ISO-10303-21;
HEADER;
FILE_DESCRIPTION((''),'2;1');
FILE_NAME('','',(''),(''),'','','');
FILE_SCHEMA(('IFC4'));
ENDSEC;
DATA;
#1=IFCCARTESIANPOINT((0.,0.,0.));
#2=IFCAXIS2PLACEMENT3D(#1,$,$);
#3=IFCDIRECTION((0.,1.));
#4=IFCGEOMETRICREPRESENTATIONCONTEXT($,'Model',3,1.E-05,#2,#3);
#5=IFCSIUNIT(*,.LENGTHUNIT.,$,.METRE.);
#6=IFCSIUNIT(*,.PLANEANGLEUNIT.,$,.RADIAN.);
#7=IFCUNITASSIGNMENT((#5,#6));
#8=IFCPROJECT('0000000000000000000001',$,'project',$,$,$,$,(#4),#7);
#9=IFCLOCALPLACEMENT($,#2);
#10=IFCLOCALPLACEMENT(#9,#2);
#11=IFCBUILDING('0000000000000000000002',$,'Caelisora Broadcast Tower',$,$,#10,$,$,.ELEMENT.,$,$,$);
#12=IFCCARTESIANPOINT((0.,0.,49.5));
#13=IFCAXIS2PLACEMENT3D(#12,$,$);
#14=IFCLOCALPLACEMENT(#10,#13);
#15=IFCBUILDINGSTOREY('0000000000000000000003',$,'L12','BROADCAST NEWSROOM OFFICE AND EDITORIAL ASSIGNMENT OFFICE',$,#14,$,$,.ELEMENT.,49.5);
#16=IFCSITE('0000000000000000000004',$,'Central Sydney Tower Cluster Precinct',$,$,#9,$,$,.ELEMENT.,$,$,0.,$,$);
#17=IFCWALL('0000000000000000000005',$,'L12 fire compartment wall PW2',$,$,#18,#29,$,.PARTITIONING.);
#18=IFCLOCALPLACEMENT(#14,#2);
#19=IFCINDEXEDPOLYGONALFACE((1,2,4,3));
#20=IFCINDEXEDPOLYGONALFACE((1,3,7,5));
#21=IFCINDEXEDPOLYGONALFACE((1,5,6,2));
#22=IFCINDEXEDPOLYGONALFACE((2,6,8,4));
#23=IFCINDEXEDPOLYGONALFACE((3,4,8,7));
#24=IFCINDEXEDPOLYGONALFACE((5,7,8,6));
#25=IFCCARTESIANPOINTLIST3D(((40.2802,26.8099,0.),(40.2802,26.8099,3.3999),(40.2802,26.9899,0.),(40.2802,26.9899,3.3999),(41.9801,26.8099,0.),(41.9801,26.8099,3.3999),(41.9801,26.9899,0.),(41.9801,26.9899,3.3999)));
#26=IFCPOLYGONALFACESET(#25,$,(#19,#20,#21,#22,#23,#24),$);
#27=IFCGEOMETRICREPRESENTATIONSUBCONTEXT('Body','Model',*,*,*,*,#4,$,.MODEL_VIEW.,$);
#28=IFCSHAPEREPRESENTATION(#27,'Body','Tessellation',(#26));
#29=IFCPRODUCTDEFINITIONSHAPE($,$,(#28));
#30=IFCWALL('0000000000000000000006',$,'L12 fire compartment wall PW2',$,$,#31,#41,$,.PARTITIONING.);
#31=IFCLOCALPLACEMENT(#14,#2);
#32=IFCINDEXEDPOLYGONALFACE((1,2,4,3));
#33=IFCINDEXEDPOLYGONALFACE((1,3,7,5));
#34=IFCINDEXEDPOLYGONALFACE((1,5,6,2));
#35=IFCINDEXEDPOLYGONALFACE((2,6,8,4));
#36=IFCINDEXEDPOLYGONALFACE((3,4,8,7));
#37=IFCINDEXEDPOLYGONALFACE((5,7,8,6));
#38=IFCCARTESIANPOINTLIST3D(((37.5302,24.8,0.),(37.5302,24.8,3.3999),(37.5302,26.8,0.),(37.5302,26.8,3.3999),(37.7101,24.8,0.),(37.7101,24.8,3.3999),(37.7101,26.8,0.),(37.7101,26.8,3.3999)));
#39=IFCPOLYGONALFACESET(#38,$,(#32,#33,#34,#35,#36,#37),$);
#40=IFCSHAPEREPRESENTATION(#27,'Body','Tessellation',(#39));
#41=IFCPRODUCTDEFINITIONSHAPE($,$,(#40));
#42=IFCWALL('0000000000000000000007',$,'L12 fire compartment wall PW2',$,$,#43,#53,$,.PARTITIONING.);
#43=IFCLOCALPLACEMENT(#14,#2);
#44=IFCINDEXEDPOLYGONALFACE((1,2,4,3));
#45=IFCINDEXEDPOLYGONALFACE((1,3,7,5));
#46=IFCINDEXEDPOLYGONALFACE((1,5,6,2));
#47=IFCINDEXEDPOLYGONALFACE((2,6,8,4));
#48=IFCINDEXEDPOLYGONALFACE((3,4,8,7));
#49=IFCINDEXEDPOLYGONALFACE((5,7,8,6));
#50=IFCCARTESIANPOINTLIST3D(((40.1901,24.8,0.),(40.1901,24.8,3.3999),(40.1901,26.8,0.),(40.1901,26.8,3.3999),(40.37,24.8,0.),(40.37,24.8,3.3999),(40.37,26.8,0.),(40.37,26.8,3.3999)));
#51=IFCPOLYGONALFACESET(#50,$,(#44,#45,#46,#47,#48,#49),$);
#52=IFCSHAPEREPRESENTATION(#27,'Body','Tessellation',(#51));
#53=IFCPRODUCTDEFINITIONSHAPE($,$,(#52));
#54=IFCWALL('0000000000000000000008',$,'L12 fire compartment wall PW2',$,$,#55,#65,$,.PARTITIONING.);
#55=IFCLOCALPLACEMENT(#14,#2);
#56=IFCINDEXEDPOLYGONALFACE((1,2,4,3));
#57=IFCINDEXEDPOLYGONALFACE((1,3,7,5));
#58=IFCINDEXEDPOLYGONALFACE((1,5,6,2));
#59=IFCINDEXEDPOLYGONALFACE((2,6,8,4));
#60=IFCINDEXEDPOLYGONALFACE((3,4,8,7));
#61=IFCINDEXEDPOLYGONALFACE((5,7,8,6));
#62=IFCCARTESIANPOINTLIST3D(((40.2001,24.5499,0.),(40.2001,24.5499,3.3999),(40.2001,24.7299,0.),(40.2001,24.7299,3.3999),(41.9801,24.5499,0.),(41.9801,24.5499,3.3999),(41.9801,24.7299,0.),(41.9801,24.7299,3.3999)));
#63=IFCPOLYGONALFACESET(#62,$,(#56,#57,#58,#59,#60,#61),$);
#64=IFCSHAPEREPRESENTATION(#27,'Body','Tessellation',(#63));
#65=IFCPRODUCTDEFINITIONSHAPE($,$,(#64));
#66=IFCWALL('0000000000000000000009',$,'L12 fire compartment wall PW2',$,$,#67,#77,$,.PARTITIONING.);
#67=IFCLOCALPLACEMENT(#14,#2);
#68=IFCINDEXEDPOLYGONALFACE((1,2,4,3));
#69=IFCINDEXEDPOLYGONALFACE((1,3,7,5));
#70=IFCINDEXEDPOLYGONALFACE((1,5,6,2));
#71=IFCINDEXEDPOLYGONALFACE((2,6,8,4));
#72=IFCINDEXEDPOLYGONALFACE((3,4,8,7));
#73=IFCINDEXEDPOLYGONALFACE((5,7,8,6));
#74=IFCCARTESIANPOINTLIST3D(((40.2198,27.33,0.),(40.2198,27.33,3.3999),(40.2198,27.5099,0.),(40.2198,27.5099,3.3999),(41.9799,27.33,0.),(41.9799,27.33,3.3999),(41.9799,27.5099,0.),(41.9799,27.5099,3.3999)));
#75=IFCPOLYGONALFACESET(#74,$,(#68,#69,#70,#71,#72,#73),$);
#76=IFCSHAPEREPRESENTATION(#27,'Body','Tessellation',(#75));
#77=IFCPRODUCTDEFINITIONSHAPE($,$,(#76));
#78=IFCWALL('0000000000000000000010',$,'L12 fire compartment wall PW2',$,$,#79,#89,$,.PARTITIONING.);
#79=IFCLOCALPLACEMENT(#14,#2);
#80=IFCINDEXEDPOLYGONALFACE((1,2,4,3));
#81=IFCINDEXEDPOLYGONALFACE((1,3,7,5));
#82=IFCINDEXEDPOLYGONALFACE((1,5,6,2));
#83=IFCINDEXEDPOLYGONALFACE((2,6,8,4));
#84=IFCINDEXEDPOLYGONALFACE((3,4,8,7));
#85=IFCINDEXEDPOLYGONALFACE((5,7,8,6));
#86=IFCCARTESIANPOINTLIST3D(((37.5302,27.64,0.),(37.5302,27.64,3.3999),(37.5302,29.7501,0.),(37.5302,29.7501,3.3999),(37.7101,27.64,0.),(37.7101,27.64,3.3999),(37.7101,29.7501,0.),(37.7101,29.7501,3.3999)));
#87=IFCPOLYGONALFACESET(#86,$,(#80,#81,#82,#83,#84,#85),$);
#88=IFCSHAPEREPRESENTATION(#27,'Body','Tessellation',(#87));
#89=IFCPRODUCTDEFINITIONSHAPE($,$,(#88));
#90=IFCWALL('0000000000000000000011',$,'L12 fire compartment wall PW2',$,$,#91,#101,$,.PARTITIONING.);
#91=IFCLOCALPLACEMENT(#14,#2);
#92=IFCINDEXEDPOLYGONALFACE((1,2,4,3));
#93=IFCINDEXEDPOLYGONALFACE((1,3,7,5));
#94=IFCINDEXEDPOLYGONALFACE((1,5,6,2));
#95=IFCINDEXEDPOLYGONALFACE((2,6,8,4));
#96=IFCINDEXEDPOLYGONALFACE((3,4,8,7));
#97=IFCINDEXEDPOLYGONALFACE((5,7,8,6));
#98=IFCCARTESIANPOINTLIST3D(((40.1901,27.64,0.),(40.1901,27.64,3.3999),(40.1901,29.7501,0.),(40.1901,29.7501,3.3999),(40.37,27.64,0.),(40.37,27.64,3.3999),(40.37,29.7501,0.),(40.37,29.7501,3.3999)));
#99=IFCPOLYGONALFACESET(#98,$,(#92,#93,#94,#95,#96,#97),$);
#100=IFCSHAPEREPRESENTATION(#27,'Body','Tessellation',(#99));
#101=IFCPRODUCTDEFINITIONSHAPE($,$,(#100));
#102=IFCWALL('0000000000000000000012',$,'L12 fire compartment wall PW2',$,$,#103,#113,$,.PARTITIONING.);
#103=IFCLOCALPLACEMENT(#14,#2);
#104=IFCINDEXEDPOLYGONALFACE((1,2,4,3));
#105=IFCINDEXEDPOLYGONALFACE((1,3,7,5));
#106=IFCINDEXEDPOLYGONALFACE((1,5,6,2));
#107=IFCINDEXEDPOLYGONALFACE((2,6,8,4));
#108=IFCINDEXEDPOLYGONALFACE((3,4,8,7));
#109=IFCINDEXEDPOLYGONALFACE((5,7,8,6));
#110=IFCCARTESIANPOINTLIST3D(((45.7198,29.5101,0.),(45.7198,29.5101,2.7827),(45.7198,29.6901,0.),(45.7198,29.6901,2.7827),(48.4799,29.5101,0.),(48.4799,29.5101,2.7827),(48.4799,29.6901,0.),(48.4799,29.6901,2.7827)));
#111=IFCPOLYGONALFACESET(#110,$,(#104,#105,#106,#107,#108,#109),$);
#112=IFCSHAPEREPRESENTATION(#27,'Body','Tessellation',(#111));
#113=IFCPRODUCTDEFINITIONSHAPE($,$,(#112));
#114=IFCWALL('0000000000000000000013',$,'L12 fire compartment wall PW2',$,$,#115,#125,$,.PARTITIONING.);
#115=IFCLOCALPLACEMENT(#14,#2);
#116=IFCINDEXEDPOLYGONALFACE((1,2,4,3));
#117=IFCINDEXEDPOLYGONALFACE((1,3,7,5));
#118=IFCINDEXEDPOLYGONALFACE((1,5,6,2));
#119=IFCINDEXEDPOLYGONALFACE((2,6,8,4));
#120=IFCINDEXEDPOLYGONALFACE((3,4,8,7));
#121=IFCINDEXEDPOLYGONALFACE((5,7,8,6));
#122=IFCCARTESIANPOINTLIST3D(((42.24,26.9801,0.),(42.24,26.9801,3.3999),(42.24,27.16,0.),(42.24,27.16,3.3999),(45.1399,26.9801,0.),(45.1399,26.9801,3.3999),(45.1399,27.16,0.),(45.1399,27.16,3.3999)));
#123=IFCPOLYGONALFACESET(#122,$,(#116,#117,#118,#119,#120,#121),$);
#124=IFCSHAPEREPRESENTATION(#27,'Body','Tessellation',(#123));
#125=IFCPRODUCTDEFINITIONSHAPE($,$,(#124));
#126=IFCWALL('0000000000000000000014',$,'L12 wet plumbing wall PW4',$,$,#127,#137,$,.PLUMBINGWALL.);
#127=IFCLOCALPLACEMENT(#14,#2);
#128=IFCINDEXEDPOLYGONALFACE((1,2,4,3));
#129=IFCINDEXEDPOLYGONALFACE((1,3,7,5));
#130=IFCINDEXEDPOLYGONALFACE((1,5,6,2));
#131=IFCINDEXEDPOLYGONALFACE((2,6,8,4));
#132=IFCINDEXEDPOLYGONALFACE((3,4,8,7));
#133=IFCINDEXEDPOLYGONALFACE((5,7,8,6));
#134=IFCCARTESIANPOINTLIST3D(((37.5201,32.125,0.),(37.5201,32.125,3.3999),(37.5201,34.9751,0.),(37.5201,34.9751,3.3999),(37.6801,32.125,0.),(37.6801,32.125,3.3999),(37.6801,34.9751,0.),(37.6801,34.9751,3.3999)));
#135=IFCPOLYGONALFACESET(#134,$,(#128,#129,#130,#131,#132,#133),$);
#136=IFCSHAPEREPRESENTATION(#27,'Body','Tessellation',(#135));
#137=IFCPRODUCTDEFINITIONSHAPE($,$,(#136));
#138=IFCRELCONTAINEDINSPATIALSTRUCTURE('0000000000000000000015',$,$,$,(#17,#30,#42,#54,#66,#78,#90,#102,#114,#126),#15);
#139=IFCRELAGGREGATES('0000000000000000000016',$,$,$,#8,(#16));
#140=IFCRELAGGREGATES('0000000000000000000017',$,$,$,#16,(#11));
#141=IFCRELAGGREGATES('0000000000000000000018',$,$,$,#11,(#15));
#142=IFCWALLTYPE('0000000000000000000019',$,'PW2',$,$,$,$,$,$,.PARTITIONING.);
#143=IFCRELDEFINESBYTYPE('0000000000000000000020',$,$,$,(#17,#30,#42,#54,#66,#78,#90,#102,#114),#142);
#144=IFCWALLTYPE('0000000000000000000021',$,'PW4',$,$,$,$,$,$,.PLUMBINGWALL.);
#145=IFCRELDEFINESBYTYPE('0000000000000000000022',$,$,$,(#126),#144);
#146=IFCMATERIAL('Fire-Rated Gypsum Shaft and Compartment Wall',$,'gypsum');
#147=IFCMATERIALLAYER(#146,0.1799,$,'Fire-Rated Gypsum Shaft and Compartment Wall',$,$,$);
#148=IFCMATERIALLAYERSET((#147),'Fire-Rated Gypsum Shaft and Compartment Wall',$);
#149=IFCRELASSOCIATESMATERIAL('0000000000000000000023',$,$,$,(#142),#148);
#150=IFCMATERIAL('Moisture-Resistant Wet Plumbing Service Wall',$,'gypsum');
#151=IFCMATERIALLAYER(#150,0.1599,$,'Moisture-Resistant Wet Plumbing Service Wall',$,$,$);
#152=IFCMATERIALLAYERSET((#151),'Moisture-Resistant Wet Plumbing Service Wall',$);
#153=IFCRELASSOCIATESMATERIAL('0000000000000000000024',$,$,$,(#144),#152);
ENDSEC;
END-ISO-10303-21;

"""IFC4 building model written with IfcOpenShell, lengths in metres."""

from ifc_helpers import new_model, si_unit, direction, frame, frame_2d, origin, place, context, subcontext, project, spatial, rectangle, extrude, material, layer, layer_set, type_object, element, save


model = new_model("IFC4")

# Units and contexts
model_context = context("Model", 3, precision=1e-05, world=origin(), true_north=direction((0.0, 1.0)))
body_context = subcontext(model_context, "Body", "Model", "MODEL_VIEW")
ifc_project = project(units=[si_unit("LENGTHUNIT", "METRE"), si_unit("PLANEANGLEUNIT", "RADIAN")], contexts=[model_context])

# Site, building, storey
site_placement = place(None, origin())
site = spatial("IfcSite", under=ifc_project, at=site_placement, Name="Central Sydney Tower Cluster Precinct", CompositionType="ELEMENT", RefElevation=0.0)
building_placement = place(site_placement, origin())
building = spatial("IfcBuilding", under=site, at=building_placement, Name="Caelisora Broadcast Tower", CompositionType="ELEMENT")
storey_placement = place(building_placement, frame((0.0, 0.0, 49.5)))
storey = spatial("IfcBuildingStorey", under=building, at=storey_placement, Name="L12", Description="BROADCAST NEWSROOM OFFICE AND EDITORIAL ASSIGNMENT OFFICE", CompositionType="ELEMENT", Elevation=49.5)

# Walls
ifc_material_1 = material(Name="Fire-Rated Gypsum Shaft and Compartment Wall", Category="gypsum")
ifc_layer_1 = layer(ifc_material_1, 0.1799, Name="Fire-Rated Gypsum Shaft and Compartment Wall")
ifc_layer_set_1 = layer_set([ifc_layer_1], Name="Fire-Rated Gypsum Shaft and Compartment Wall")
wall_type_1 = type_object("IfcWallType", Name="PW2", PredefinedType="PARTITIONING", material=ifc_layer_set_1)
wall_1_placement = place(storey_placement, frame((40.28, 26.8999, 0.0), z_axis=(0.0, 0.0, 1.0), x_axis=(1.0, 0.0, 0.0)))
element("IfcWall", 1, at=wall_1_placement, inside=storey, type_object=wall_type_1, Name="L12 fire compartment wall PW2", PredefinedType="PARTITIONING", context=body_context, shape_type="SweptSolid", body=[
    extrude(rectangle(XDim=1.7, YDim=0.1799, at=frame_2d((0.8501, 0.0))), origin(), (0.0, 0.0, 1.0), 3.3999),
])
for number, where, z_axis, x_axis, name in (
    (2, (37.6201, 24.8, 0.0), (0.0, 0.0, 1.0), (0.0, 1.0, 0.0), "L12 fire compartment wall PW2"),
    (3, (40.28, 24.8, 0.0), (0.0, 0.0, 1.0), (0.0, 1.0, 0.0), "L12 fire compartment wall PW2"),
):
    element("IfcWall", number, at=place(storey_placement, frame(where, z_axis=z_axis, x_axis=x_axis)), inside=storey, type_object=wall_type_1, Name=name, PredefinedType="PARTITIONING", context=body_context, shape_type="SweptSolid", body=[
        extrude(rectangle(XDim=2.0, YDim=0.1799, at=frame_2d((1.0, 0.0))), origin(), (0.0, 0.0, 1.0), 3.3999),
    ])
wall_2_placement = place(storey_placement, frame((40.2, 24.6399, 0.0), z_axis=(0.0, 0.0, 1.0), x_axis=(1.0, 0.0, 0.0)))
element("IfcWall", 4, at=wall_2_placement, inside=storey, type_object=wall_type_1, Name="L12 fire compartment wall PW2", PredefinedType="PARTITIONING", context=body_context, shape_type="SweptSolid", body=[
    extrude(rectangle(XDim=1.78, YDim=0.1799, at=frame_2d((0.8901, 0.0))), origin(), (0.0, 0.0, 1.0), 3.3999),
])
wall_3_placement = place(storey_placement, frame((40.22, 27.4199, 0.0), z_axis=(0.0, 0.0, 1.0), x_axis=(1.0, 0.0, 0.0)))
element("IfcWall", 5, at=wall_3_placement, inside=storey, type_object=wall_type_1, Name="L12 fire compartment wall PW2", PredefinedType="PARTITIONING", context=body_context, shape_type="SweptSolid", body=[
    extrude(rectangle(XDim=1.76, YDim=0.1799, at=frame_2d((0.8799, 0.0))), origin(), (0.0, 0.0, 1.0), 3.3999),
])
for number, where, z_axis, x_axis, name in (
    (6, (37.6201, 27.6399, 0.0), (0.0, 0.0, 1.0), (0.0, 1.0, 0.0), "L12 fire compartment wall PW2"),
    (7, (40.28, 27.6399, 0.0), (0.0, 0.0, 1.0), (0.0, 1.0, 0.0), "L12 fire compartment wall PW2"),
):
    element("IfcWall", number, at=place(storey_placement, frame(where, z_axis=z_axis, x_axis=x_axis)), inside=storey, type_object=wall_type_1, Name=name, PredefinedType="PARTITIONING", context=body_context, shape_type="SweptSolid", body=[
        extrude(rectangle(XDim=2.1101, YDim=0.1799, at=frame_2d((1.0552, 0.0))), origin(), (0.0, 0.0, 1.0), 3.3999),
    ])
wall_4_placement = place(storey_placement, frame((45.72, 29.6001, 0.0), z_axis=(0.0, 0.0, 1.0), x_axis=(1.0, 0.0, 0.0)))
element("IfcWall", 8, at=wall_4_placement, inside=storey, type_object=wall_type_1, Name="L12 fire compartment wall PW2", PredefinedType="PARTITIONING", context=body_context, shape_type="SweptSolid", body=[
    extrude(rectangle(XDim=2.76, YDim=0.1799, at=frame_2d((1.3799, 0.0))), origin(), (0.0, 0.0, 1.0), 2.7827),
])
wall_5_placement = place(storey_placement, frame((42.24, 27.0701, 0.0), z_axis=(0.0, 0.0, 1.0), x_axis=(1.0, 0.0, 0.0)))
element("IfcWall", 9, at=wall_5_placement, inside=storey, type_object=wall_type_1, Name="L12 fire compartment wall PW2", PredefinedType="PARTITIONING", context=body_context, shape_type="SweptSolid", body=[
    extrude(rectangle(XDim=2.8999, YDim=0.1799, at=frame_2d((1.45, 0.0))), origin(), (0.0, 0.0, 1.0), 3.3999),
])

# Wall
ifc_material_2 = material(Name="Moisture-Resistant Wet Plumbing Service Wall", Category="gypsum")
ifc_layer_2 = layer(ifc_material_2, 0.1599, Name="Moisture-Resistant Wet Plumbing Service Wall")
ifc_layer_set_2 = layer_set([ifc_layer_2], Name="Moisture-Resistant Wet Plumbing Service Wall")
wall_type_2 = type_object("IfcWallType", Name="PW4", PredefinedType="PLUMBINGWALL", material=ifc_layer_set_2)
wall_6_placement = place(storey_placement, frame((37.6001, 32.125, 0.0), z_axis=(0.0, 0.0, 1.0), x_axis=(0.0, 1.0, 0.0)))
element("IfcWall", 10, at=wall_6_placement, inside=storey, type_object=wall_type_2, Name="L12 wet plumbing wall PW4", PredefinedType="PLUMBINGWALL", context=body_context, shape_type="SweptSolid", body=[
    extrude(rectangle(XDim=2.8501, YDim=0.1599, at=frame_2d((1.425, 0.0))), origin(), (0.0, 0.0, 1.0), 3.3999),
])

save(model, "model.ifc")
